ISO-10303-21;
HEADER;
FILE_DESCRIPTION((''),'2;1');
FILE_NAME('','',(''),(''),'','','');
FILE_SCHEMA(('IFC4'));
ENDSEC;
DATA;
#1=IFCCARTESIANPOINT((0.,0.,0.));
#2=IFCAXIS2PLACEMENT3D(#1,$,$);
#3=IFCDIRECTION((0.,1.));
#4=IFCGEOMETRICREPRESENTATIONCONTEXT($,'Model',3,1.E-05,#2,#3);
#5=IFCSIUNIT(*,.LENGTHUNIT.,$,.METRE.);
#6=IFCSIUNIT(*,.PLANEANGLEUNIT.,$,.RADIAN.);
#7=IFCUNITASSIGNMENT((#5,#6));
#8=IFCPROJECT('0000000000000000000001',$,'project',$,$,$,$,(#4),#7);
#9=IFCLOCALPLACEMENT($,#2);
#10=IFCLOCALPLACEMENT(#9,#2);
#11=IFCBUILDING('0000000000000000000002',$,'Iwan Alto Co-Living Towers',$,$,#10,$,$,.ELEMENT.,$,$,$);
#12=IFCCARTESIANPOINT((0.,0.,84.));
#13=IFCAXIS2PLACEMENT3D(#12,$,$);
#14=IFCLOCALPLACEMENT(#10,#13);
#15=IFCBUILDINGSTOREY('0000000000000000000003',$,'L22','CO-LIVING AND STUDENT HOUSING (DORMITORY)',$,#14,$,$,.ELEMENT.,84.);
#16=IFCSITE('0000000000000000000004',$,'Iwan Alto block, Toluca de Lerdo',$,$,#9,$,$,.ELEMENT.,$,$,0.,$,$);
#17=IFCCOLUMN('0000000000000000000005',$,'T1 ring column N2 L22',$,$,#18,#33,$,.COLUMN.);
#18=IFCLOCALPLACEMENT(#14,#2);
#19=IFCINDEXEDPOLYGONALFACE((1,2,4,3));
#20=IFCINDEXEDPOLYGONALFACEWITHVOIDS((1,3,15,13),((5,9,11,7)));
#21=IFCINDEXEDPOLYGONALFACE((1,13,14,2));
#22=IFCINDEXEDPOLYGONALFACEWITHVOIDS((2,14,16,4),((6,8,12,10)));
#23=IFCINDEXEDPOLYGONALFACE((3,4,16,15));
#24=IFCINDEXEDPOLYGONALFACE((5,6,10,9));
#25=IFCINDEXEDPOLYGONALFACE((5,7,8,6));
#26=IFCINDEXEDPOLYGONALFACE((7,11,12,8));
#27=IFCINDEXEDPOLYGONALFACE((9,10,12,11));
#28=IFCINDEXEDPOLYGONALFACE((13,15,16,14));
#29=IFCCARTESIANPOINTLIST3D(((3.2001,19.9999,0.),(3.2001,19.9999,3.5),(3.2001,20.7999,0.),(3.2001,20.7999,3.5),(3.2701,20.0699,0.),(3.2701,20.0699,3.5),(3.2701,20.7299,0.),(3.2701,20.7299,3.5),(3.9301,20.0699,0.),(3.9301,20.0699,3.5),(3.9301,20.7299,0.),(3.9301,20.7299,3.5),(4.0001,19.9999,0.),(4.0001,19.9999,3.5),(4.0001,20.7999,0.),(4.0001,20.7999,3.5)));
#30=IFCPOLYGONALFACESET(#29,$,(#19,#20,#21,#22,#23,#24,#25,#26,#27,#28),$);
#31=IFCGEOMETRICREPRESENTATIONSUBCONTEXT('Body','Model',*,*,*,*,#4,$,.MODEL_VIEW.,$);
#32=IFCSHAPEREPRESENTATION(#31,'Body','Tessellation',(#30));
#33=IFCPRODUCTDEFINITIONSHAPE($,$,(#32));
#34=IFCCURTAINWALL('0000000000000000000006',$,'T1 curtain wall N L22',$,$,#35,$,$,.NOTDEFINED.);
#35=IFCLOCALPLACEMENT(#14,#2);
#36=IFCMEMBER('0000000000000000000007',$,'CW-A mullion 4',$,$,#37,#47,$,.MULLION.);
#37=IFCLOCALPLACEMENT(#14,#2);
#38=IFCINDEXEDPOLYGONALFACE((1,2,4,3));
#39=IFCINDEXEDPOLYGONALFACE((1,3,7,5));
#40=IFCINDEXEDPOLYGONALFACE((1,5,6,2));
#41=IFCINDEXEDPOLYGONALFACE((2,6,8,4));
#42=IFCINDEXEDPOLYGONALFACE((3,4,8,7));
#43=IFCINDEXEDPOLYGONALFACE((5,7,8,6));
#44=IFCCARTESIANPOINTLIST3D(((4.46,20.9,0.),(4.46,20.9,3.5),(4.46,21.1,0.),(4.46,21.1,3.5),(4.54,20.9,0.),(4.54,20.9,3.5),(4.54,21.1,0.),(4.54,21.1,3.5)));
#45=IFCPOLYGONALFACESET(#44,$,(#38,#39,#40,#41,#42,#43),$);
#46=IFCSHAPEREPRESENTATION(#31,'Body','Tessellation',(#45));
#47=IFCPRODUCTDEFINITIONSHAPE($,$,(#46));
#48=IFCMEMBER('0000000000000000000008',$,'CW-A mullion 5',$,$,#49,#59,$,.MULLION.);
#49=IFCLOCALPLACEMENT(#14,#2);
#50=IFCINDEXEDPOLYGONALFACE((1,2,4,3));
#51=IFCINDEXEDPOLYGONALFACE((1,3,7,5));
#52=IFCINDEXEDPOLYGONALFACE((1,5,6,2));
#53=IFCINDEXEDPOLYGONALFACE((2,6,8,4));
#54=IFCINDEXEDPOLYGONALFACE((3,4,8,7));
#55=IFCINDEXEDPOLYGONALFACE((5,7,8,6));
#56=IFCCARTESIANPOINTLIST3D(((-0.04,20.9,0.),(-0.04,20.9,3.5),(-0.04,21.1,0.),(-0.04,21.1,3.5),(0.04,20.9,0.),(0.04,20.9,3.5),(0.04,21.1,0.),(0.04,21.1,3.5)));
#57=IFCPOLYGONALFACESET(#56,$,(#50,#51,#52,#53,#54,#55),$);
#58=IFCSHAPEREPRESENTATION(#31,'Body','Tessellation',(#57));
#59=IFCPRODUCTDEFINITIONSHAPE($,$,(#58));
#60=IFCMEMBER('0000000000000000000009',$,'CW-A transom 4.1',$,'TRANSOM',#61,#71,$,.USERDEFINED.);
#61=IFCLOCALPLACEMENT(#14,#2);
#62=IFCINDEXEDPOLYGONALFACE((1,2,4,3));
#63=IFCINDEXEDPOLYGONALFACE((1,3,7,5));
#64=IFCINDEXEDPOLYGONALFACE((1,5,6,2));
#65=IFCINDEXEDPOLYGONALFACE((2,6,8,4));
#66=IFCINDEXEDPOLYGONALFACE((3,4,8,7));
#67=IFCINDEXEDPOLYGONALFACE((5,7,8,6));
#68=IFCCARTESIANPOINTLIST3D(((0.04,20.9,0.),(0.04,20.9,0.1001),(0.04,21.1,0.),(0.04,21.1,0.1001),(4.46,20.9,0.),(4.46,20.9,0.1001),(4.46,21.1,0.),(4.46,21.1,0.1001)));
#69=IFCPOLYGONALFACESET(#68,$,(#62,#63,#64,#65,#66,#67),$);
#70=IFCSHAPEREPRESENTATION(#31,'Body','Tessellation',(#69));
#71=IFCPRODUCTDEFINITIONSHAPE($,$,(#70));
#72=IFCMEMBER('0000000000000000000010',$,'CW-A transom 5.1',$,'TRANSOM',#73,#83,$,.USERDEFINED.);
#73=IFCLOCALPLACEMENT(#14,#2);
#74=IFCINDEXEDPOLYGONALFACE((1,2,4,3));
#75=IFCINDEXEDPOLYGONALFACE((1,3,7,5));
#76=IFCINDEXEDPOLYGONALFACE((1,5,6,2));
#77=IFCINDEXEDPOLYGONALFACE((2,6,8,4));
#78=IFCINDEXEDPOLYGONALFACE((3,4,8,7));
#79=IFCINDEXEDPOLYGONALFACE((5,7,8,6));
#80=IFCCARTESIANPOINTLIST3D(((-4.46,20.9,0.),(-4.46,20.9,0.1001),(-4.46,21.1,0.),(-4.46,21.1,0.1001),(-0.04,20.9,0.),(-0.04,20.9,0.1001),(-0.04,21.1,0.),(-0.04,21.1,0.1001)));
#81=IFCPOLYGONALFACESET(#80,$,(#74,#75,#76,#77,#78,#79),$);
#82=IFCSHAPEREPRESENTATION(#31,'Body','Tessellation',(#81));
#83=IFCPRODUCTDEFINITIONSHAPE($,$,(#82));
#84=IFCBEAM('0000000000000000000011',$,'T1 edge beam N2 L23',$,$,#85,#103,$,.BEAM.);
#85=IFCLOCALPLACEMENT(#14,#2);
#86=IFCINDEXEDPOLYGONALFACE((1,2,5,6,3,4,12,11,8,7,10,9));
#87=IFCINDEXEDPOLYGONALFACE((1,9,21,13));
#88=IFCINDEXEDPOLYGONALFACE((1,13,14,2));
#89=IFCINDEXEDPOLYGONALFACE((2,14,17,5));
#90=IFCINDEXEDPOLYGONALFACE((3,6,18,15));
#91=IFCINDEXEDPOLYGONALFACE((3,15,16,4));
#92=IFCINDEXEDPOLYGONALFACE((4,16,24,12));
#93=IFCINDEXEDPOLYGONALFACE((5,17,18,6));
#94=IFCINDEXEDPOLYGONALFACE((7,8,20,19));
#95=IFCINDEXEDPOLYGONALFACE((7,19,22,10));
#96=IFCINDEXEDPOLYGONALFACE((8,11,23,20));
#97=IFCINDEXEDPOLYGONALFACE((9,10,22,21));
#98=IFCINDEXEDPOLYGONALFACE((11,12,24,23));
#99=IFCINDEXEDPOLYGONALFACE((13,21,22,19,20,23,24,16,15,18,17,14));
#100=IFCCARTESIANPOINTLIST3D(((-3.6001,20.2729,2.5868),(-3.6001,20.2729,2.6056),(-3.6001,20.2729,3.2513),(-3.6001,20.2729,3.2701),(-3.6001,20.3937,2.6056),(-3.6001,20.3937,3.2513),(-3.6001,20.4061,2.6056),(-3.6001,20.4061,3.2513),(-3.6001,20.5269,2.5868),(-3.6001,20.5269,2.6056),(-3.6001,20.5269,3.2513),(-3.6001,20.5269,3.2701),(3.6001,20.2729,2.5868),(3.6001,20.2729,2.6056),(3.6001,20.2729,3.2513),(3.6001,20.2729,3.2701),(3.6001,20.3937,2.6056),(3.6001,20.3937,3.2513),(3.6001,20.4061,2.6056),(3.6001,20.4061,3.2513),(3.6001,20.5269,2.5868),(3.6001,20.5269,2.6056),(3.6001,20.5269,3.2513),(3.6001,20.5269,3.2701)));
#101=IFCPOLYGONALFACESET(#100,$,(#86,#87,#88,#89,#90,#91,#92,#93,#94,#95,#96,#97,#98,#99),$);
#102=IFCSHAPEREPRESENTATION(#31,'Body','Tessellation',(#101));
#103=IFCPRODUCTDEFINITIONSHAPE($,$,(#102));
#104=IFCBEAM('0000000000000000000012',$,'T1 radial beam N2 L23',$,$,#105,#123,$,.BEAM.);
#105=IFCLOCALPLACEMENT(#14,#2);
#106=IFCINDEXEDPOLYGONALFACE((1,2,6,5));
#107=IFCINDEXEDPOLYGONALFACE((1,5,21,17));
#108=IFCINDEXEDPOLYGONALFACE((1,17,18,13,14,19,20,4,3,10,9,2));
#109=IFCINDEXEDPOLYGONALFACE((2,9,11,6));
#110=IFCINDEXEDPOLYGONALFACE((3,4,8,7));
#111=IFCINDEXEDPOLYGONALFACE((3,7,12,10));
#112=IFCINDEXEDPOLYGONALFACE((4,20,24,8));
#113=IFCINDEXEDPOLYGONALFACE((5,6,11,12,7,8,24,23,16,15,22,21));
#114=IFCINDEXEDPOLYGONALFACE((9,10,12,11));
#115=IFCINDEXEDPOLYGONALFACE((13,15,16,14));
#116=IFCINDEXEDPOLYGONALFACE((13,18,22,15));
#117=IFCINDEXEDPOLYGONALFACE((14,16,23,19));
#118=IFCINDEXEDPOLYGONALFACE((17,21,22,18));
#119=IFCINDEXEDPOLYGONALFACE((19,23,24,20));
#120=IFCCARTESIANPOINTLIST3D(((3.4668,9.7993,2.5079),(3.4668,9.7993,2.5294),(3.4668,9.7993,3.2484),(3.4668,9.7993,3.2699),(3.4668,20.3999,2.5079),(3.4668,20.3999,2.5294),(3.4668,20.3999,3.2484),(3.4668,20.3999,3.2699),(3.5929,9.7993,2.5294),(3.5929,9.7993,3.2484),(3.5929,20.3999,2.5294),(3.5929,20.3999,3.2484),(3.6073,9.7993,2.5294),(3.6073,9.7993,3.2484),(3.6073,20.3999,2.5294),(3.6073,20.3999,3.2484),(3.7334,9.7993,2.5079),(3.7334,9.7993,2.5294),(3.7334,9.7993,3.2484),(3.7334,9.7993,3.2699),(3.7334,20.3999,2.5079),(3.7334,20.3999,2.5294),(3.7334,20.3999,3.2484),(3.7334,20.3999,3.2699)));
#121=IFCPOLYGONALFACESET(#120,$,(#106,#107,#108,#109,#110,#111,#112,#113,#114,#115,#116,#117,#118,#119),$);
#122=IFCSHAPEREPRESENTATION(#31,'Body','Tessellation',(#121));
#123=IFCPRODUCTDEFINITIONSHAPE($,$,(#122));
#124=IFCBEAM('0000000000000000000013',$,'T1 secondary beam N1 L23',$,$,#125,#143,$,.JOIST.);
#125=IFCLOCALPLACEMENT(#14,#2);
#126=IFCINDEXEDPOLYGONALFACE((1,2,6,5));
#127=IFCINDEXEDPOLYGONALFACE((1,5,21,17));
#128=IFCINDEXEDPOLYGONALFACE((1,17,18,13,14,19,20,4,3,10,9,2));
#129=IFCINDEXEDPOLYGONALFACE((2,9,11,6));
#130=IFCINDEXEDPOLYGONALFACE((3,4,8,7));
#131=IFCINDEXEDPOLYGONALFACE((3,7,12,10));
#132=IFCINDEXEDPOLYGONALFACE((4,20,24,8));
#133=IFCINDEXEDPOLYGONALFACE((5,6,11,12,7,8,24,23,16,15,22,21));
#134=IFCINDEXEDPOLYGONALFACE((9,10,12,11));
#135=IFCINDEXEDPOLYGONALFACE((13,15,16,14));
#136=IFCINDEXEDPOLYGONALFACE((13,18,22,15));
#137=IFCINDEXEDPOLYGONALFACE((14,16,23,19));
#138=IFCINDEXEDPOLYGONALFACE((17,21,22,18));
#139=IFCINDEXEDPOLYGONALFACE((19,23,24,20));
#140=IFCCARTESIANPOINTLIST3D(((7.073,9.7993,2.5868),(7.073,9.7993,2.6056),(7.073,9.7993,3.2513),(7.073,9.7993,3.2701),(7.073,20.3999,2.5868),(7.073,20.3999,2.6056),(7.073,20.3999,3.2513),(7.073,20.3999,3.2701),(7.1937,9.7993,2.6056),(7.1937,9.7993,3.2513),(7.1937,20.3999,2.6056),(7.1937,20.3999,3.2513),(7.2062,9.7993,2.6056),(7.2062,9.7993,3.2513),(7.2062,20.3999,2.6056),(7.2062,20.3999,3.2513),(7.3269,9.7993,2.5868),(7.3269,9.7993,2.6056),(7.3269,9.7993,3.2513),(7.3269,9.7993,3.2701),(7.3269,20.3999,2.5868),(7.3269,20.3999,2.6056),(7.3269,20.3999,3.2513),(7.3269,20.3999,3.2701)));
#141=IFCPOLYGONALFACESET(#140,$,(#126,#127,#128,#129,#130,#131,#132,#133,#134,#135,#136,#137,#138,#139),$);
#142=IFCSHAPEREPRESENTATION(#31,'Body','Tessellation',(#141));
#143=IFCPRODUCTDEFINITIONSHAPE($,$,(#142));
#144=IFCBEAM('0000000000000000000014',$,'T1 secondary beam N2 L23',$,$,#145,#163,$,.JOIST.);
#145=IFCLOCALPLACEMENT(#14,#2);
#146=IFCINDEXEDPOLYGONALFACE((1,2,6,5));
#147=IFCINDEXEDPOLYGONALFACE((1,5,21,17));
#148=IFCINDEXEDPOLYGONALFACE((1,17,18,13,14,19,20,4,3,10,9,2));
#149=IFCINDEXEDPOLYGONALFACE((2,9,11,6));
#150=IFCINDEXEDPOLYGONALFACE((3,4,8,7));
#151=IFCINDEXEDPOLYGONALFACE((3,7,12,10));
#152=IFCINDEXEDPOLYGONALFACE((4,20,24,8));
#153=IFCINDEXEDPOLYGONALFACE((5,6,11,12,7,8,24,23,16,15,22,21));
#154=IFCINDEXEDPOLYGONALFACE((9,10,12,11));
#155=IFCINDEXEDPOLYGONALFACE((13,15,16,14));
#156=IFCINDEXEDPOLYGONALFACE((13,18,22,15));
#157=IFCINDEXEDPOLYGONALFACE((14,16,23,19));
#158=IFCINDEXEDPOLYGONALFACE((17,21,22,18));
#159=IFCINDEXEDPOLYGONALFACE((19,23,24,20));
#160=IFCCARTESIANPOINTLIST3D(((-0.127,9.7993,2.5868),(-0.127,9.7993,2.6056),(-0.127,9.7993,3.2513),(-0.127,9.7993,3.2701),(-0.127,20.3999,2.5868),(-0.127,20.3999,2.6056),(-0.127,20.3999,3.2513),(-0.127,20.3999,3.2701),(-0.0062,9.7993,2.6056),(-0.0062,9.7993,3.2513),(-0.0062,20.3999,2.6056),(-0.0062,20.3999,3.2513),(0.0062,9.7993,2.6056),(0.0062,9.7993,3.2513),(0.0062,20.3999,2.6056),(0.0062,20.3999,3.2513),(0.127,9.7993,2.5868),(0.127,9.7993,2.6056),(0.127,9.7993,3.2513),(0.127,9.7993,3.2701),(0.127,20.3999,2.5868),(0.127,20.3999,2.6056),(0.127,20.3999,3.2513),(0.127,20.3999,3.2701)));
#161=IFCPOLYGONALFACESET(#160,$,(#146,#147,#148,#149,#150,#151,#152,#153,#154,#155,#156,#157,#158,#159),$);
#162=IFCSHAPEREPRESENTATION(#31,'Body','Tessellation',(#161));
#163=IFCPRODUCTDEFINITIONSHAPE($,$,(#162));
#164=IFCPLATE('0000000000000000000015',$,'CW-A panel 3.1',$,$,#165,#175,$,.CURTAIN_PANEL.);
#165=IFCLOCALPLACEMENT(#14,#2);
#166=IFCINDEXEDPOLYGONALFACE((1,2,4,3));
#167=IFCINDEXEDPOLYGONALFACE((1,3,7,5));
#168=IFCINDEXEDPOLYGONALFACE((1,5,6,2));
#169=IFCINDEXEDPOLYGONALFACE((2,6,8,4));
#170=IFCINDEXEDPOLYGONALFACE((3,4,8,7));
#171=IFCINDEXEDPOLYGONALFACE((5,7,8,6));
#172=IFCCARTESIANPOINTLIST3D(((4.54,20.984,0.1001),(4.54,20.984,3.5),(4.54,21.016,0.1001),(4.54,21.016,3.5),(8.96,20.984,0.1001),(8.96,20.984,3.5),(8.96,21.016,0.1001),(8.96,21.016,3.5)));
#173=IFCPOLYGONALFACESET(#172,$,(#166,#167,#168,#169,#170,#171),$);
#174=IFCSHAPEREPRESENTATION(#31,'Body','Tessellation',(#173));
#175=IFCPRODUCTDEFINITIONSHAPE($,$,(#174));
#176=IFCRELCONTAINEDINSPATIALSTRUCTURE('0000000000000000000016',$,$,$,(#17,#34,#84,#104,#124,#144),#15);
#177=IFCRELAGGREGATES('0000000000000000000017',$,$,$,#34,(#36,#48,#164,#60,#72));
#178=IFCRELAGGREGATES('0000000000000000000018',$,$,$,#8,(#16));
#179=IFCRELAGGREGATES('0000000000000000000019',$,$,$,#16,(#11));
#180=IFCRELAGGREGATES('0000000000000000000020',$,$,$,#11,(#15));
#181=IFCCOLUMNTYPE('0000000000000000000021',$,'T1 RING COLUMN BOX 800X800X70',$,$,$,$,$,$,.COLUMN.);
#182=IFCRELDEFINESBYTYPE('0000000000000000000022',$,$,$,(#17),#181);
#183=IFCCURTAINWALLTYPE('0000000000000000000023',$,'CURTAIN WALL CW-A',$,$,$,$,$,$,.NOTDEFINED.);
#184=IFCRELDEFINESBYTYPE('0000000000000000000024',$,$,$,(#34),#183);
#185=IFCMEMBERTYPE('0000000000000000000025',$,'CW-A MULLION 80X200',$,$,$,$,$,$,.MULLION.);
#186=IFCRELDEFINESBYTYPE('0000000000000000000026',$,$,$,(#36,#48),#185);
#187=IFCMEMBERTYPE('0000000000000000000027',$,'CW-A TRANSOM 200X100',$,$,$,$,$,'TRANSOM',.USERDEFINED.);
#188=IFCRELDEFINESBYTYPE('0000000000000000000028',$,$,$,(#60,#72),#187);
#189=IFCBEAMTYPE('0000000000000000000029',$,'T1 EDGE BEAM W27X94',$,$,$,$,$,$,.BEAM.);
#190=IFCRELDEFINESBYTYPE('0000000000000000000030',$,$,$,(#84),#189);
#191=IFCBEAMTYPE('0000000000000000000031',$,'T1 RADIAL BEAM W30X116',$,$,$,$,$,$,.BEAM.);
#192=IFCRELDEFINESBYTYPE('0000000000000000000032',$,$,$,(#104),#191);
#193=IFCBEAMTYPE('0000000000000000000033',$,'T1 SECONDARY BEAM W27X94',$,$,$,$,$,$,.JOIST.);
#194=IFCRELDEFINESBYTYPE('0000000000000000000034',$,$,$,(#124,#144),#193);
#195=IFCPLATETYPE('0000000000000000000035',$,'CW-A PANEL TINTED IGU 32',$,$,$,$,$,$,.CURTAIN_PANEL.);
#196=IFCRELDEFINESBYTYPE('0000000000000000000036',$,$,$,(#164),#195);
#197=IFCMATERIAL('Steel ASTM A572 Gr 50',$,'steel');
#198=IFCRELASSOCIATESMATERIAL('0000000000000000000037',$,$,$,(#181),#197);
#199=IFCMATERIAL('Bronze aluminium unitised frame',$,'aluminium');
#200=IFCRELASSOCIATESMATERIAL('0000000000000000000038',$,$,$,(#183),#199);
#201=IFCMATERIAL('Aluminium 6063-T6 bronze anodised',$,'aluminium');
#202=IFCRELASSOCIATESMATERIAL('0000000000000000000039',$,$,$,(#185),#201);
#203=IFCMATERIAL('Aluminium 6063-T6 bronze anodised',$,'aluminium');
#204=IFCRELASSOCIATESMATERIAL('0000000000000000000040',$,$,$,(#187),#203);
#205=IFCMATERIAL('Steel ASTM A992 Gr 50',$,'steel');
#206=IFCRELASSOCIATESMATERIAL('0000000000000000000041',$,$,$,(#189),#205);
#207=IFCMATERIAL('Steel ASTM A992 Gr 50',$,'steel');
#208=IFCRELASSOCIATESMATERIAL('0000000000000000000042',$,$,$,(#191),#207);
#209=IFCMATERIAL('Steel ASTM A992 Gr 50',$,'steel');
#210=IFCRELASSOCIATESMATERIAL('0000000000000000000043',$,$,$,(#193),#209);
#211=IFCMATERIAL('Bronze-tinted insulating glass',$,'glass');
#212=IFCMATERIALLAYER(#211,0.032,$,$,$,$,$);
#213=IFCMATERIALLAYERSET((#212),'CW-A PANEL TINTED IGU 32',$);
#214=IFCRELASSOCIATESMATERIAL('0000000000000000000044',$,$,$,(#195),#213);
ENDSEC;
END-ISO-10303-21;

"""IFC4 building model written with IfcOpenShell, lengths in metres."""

from ifc_helpers import new_model, si_unit, direction, frame, origin, origin_2d, place, context, subcontext, project, spatial, rectangle, hollow_rectangle, i_section, extrude, material, layer, layer_set, material_profile, profile_set, type_object, element, aggregate, save


model = new_model("IFC4")

# Units and contexts
model_context = context("Model", 3, precision=1e-05, world=origin(), true_north=direction((0.0, 1.0)))
body_context = subcontext(model_context, "Body", "Model", "MODEL_VIEW")
ifc_project = project(units=[si_unit("LENGTHUNIT", "METRE"), si_unit("PLANEANGLEUNIT", "RADIAN")], contexts=[model_context])

# Site, building, storey
site_placement = place(None, origin())
site = spatial("IfcSite", under=ifc_project, at=site_placement, Name="Iwan Alto block, Toluca de Lerdo", CompositionType="ELEMENT", RefElevation=0.0)
building_placement = place(site_placement, origin())
building = spatial("IfcBuilding", under=site, at=building_placement, Name="Iwan Alto Co-Living Towers", CompositionType="ELEMENT")
storey_placement = place(building_placement, frame((0.0, 0.0, 84.0)))
storey = spatial("IfcBuildingStorey", under=building, at=storey_placement, Name="L22", Description="CO-LIVING AND STUDENT HOUSING (DORMITORY)", CompositionType="ELEMENT", Elevation=84.0)

# Column
ifc_material_1 = material(Name="Steel ASTM A572 Gr 50", Category="steel")
ifc_material_profile_1 = material_profile(ifc_material_1, hollow_rectangle(XDim=0.8, YDim=0.8, WallThickness=0.0701, at=origin_2d()), Name="BOX 800X800X70")
ifc_profile_set_1 = profile_set([ifc_material_profile_1], Name="Steel ASTM A572 Gr 50")
column_type = type_object("IfcColumnType", Name="T1 RING COLUMN BOX 800X800X70", PredefinedType="COLUMN", material=ifc_profile_set_1)
column_placement = place(storey_placement, frame((3.6001, 20.3999, 0.0), z_axis=(0.0, 0.0, 1.0), x_axis=(1.0, 0.0, 0.0)))
element("IfcColumn", 1, at=column_placement, inside=storey, type_object=column_type, Name="T1 ring column N2 L22", PredefinedType="COLUMN", context=body_context, shape_type="SweptSolid", body=[
    extrude(hollow_rectangle(XDim=0.8, YDim=0.8, WallThickness=0.0701, at=origin_2d()), origin(), (0.0, 0.0, 1.0), 3.5),
])

# Curtain wall, members
ifc_material_2 = material(Name="Bronze aluminium unitised frame", Category="aluminium")
curtain_wall_type = type_object("IfcCurtainWallType", Name="CURTAIN WALL CW-A", PredefinedType="NOTDEFINED", material=ifc_material_2)
curtain_wall_placement = place(storey_placement, origin())
curtain_wall = element("IfcCurtainWall", 2, at=curtain_wall_placement, inside=storey, type_object=curtain_wall_type, Name="T1 curtain wall N L22", PredefinedType="NOTDEFINED")
ifc_material_3 = material(Name="Aluminium 6063-T6 bronze anodised", Category="aluminium")
ifc_material_profile_2 = material_profile(ifc_material_3, rectangle(XDim=0.2, YDim=0.0801, at=origin_2d()), Name="AL 80X200")
ifc_profile_set_2 = profile_set([ifc_material_profile_2], Name="Aluminium 6063-T6 bronze anodised")
member_type_1 = type_object("IfcMemberType", Name="CW-A MULLION 80X200", PredefinedType="MULLION", material=ifc_profile_set_2)
member_1_placement = place(storey_placement, frame((4.5, 21.0, 0.0), z_axis=(0.0, 0.0, 1.0), x_axis=(0.0, -1.0, 0.0)))
member_1 = element("IfcMember", 3, at=member_1_placement, type_object=member_type_1, Name="CW-A mullion 4", PredefinedType="MULLION", context=body_context, shape_type="SweptSolid", body=[
    extrude(rectangle(XDim=0.2, YDim=0.0801, at=origin_2d()), origin(), (0.0, 0.0, 1.0), 3.5),
])
member_2_placement = place(storey_placement, frame((0.0, 21.0, 0.0), z_axis=(0.0, 0.0, 1.0), x_axis=(0.0, -1.0, 0.0)))
member_2 = element("IfcMember", 4, at=member_2_placement, type_object=member_type_1, Name="CW-A mullion 5", PredefinedType="MULLION", context=body_context, shape_type="SweptSolid", body=[
    extrude(rectangle(XDim=0.2, YDim=0.0801, at=origin_2d()), origin(), (0.0, 0.0, 1.0), 3.5),
])
ifc_material_4 = material(Name="Aluminium 6063-T6 bronze anodised", Category="aluminium")
ifc_material_profile_3 = material_profile(ifc_material_4, rectangle(XDim=0.2, YDim=0.1001, at=origin_2d()), Name="AL 200X100")
ifc_profile_set_3 = profile_set([ifc_material_profile_3], Name="Aluminium 6063-T6 bronze anodised")
member_type_2 = type_object("IfcMemberType", Name="CW-A TRANSOM 200X100", ElementType="TRANSOM", PredefinedType="USERDEFINED", material=ifc_profile_set_3)
member_3_placement = place(storey_placement, frame((4.46, 21.0, 0.05), z_axis=(-1.0, 0.0, 0.0), x_axis=(0.0, -1.0, 0.0)))
member_3 = element("IfcMember", 5, at=member_3_placement, type_object=member_type_2, Name="CW-A transom 4.1", ObjectType="TRANSOM", PredefinedType="USERDEFINED", context=body_context, shape_type="SweptSolid", body=[
    extrude(rectangle(XDim=0.2, YDim=0.1001, at=origin_2d()), origin(), (0.0, 0.0, 1.0), 4.4199),
])
member_4_placement = place(storey_placement, frame((-0.04, 21.0, 0.05), z_axis=(-1.0, 0.0, 0.0), x_axis=(0.0, -1.0, 0.0)))
member_4 = element("IfcMember", 6, at=member_4_placement, type_object=member_type_2, Name="CW-A transom 5.1", ObjectType="TRANSOM", PredefinedType="USERDEFINED", context=body_context, shape_type="SweptSolid", body=[
    extrude(rectangle(XDim=0.2, YDim=0.1001, at=origin_2d()), origin(), (0.0, 0.0, 1.0), 4.4199),
])

# Beams
ifc_material_5 = material(Name="Steel ASTM A992 Gr 50", Category="steel")
ifc_material_profile_4 = material_profile(ifc_material_5, i_section(OverallWidth=0.2539, OverallDepth=0.6833, WebThickness=0.0125, FlangeThickness=0.0188, at=origin_2d()), Name="W27X94")
ifc_profile_set_4 = profile_set([ifc_material_profile_4], Name="Steel ASTM A992 Gr 50")
beam_type_1 = type_object("IfcBeamType", Name="T1 EDGE BEAM W27X94", PredefinedType="BEAM", material=ifc_profile_set_4)
beam_1_placement = place(storey_placement, frame((3.6001, 20.3999, 2.9285), z_axis=(-1.0, 0.0, 0.0), x_axis=(0.0, -1.0, 0.0)))
element("IfcBeam", 7, at=beam_1_placement, inside=storey, type_object=beam_type_1, Name="T1 edge beam N2 L23", PredefinedType="BEAM", context=body_context, shape_type="SweptSolid", body=[
    extrude(i_section(OverallWidth=0.2539, OverallDepth=0.6833, WebThickness=0.0125, FlangeThickness=0.0188, at=origin_2d()), origin(), (0.0, 0.0, 1.0), 7.2002),
])
ifc_material_6 = material(Name="Steel ASTM A992 Gr 50", Category="steel")
ifc_material_profile_5 = material_profile(ifc_material_6, i_section(OverallWidth=0.2666, OverallDepth=0.762, WebThickness=0.0144, FlangeThickness=0.0215, at=origin_2d()), Name="W30X116")
ifc_profile_set_5 = profile_set([ifc_material_profile_5], Name="Steel ASTM A992 Gr 50")
beam_type_2 = type_object("IfcBeamType", Name="T1 RADIAL BEAM W30X116", PredefinedType="BEAM", material=ifc_profile_set_5)
beam_2_placement = place(storey_placement, frame((3.6001, 20.3999, 2.8889), z_axis=(0.0, -1.0, 0.0), x_axis=(1.0, 0.0, 0.0)))
element("IfcBeam", 8, at=beam_2_placement, inside=storey, type_object=beam_type_2, Name="T1 radial beam N2 L23", PredefinedType="BEAM", context=body_context, shape_type="SweptSolid", body=[
    extrude(i_section(OverallWidth=0.2666, OverallDepth=0.762, WebThickness=0.0144, FlangeThickness=0.0215, at=origin_2d()), origin(), (0.0, 0.0, 1.0), 10.6006),
])
ifc_material_7 = material(Name="Steel ASTM A992 Gr 50", Category="steel")
ifc_material_profile_6 = material_profile(ifc_material_7, i_section(OverallWidth=0.2539, OverallDepth=0.6833, WebThickness=0.0125, FlangeThickness=0.0188, at=origin_2d()), Name="W27X94")
ifc_profile_set_6 = profile_set([ifc_material_profile_6], Name="Steel ASTM A992 Gr 50")
beam_type_3 = type_object("IfcBeamType", Name="T1 SECONDARY BEAM W27X94", PredefinedType="JOIST", material=ifc_profile_set_6)
for number, where, z_axis, x_axis, name in (
    (9, (7.2, 20.3999, 2.9285), (0.0, -1.0, 0.0), (1.0, 0.0, 0.0), "T1 secondary beam N1 L23"),
    (10, (0.0, 20.3999, 2.9285), (0.0, -1.0, 0.0), (1.0, 0.0, 0.0), "T1 secondary beam N2 L23"),
):
    element("IfcBeam", number, at=place(storey_placement, frame(where, z_axis=z_axis, x_axis=x_axis)), inside=storey, type_object=beam_type_3, Name=name, PredefinedType="JOIST", context=body_context, shape_type="SweptSolid", body=[
        extrude(i_section(OverallWidth=0.2539, OverallDepth=0.6833, WebThickness=0.0125, FlangeThickness=0.0188, at=origin_2d()), origin(), (0.0, 0.0, 1.0), 10.6006),
    ])

# Plate
ifc_material_8 = material(Name="Bronze-tinted insulating glass", Category="glass")
ifc_layer_1 = layer(ifc_material_8, 0.032)
ifc_layer_set_1 = layer_set([ifc_layer_1], Name="CW-A PANEL TINTED IGU 32")
plate_type = type_object("IfcPlateType", Name="CW-A PANEL TINTED IGU 32", PredefinedType="CURTAIN_PANEL", material=ifc_layer_set_1)
plate_1_placement = place(storey_placement, frame((6.75, 21.0, 0.1001), z_axis=(0.0, 0.0, 1.0), x_axis=(-1.0, 0.0, 0.0)))
plate_1 = element("IfcPlate", 11, at=plate_1_placement, type_object=plate_type, Name="CW-A panel 3.1", PredefinedType="CURTAIN_PANEL", context=body_context, shape_type="SweptSolid", body=[
    extrude(rectangle(XDim=4.4199, YDim=0.032, at=origin_2d()), origin(), (0.0, 0.0, 1.0), 3.3999),
])
aggregate(curtain_wall, [member_1, member_2, plate_1, member_3, member_4])

save(model, "model.ifc")
